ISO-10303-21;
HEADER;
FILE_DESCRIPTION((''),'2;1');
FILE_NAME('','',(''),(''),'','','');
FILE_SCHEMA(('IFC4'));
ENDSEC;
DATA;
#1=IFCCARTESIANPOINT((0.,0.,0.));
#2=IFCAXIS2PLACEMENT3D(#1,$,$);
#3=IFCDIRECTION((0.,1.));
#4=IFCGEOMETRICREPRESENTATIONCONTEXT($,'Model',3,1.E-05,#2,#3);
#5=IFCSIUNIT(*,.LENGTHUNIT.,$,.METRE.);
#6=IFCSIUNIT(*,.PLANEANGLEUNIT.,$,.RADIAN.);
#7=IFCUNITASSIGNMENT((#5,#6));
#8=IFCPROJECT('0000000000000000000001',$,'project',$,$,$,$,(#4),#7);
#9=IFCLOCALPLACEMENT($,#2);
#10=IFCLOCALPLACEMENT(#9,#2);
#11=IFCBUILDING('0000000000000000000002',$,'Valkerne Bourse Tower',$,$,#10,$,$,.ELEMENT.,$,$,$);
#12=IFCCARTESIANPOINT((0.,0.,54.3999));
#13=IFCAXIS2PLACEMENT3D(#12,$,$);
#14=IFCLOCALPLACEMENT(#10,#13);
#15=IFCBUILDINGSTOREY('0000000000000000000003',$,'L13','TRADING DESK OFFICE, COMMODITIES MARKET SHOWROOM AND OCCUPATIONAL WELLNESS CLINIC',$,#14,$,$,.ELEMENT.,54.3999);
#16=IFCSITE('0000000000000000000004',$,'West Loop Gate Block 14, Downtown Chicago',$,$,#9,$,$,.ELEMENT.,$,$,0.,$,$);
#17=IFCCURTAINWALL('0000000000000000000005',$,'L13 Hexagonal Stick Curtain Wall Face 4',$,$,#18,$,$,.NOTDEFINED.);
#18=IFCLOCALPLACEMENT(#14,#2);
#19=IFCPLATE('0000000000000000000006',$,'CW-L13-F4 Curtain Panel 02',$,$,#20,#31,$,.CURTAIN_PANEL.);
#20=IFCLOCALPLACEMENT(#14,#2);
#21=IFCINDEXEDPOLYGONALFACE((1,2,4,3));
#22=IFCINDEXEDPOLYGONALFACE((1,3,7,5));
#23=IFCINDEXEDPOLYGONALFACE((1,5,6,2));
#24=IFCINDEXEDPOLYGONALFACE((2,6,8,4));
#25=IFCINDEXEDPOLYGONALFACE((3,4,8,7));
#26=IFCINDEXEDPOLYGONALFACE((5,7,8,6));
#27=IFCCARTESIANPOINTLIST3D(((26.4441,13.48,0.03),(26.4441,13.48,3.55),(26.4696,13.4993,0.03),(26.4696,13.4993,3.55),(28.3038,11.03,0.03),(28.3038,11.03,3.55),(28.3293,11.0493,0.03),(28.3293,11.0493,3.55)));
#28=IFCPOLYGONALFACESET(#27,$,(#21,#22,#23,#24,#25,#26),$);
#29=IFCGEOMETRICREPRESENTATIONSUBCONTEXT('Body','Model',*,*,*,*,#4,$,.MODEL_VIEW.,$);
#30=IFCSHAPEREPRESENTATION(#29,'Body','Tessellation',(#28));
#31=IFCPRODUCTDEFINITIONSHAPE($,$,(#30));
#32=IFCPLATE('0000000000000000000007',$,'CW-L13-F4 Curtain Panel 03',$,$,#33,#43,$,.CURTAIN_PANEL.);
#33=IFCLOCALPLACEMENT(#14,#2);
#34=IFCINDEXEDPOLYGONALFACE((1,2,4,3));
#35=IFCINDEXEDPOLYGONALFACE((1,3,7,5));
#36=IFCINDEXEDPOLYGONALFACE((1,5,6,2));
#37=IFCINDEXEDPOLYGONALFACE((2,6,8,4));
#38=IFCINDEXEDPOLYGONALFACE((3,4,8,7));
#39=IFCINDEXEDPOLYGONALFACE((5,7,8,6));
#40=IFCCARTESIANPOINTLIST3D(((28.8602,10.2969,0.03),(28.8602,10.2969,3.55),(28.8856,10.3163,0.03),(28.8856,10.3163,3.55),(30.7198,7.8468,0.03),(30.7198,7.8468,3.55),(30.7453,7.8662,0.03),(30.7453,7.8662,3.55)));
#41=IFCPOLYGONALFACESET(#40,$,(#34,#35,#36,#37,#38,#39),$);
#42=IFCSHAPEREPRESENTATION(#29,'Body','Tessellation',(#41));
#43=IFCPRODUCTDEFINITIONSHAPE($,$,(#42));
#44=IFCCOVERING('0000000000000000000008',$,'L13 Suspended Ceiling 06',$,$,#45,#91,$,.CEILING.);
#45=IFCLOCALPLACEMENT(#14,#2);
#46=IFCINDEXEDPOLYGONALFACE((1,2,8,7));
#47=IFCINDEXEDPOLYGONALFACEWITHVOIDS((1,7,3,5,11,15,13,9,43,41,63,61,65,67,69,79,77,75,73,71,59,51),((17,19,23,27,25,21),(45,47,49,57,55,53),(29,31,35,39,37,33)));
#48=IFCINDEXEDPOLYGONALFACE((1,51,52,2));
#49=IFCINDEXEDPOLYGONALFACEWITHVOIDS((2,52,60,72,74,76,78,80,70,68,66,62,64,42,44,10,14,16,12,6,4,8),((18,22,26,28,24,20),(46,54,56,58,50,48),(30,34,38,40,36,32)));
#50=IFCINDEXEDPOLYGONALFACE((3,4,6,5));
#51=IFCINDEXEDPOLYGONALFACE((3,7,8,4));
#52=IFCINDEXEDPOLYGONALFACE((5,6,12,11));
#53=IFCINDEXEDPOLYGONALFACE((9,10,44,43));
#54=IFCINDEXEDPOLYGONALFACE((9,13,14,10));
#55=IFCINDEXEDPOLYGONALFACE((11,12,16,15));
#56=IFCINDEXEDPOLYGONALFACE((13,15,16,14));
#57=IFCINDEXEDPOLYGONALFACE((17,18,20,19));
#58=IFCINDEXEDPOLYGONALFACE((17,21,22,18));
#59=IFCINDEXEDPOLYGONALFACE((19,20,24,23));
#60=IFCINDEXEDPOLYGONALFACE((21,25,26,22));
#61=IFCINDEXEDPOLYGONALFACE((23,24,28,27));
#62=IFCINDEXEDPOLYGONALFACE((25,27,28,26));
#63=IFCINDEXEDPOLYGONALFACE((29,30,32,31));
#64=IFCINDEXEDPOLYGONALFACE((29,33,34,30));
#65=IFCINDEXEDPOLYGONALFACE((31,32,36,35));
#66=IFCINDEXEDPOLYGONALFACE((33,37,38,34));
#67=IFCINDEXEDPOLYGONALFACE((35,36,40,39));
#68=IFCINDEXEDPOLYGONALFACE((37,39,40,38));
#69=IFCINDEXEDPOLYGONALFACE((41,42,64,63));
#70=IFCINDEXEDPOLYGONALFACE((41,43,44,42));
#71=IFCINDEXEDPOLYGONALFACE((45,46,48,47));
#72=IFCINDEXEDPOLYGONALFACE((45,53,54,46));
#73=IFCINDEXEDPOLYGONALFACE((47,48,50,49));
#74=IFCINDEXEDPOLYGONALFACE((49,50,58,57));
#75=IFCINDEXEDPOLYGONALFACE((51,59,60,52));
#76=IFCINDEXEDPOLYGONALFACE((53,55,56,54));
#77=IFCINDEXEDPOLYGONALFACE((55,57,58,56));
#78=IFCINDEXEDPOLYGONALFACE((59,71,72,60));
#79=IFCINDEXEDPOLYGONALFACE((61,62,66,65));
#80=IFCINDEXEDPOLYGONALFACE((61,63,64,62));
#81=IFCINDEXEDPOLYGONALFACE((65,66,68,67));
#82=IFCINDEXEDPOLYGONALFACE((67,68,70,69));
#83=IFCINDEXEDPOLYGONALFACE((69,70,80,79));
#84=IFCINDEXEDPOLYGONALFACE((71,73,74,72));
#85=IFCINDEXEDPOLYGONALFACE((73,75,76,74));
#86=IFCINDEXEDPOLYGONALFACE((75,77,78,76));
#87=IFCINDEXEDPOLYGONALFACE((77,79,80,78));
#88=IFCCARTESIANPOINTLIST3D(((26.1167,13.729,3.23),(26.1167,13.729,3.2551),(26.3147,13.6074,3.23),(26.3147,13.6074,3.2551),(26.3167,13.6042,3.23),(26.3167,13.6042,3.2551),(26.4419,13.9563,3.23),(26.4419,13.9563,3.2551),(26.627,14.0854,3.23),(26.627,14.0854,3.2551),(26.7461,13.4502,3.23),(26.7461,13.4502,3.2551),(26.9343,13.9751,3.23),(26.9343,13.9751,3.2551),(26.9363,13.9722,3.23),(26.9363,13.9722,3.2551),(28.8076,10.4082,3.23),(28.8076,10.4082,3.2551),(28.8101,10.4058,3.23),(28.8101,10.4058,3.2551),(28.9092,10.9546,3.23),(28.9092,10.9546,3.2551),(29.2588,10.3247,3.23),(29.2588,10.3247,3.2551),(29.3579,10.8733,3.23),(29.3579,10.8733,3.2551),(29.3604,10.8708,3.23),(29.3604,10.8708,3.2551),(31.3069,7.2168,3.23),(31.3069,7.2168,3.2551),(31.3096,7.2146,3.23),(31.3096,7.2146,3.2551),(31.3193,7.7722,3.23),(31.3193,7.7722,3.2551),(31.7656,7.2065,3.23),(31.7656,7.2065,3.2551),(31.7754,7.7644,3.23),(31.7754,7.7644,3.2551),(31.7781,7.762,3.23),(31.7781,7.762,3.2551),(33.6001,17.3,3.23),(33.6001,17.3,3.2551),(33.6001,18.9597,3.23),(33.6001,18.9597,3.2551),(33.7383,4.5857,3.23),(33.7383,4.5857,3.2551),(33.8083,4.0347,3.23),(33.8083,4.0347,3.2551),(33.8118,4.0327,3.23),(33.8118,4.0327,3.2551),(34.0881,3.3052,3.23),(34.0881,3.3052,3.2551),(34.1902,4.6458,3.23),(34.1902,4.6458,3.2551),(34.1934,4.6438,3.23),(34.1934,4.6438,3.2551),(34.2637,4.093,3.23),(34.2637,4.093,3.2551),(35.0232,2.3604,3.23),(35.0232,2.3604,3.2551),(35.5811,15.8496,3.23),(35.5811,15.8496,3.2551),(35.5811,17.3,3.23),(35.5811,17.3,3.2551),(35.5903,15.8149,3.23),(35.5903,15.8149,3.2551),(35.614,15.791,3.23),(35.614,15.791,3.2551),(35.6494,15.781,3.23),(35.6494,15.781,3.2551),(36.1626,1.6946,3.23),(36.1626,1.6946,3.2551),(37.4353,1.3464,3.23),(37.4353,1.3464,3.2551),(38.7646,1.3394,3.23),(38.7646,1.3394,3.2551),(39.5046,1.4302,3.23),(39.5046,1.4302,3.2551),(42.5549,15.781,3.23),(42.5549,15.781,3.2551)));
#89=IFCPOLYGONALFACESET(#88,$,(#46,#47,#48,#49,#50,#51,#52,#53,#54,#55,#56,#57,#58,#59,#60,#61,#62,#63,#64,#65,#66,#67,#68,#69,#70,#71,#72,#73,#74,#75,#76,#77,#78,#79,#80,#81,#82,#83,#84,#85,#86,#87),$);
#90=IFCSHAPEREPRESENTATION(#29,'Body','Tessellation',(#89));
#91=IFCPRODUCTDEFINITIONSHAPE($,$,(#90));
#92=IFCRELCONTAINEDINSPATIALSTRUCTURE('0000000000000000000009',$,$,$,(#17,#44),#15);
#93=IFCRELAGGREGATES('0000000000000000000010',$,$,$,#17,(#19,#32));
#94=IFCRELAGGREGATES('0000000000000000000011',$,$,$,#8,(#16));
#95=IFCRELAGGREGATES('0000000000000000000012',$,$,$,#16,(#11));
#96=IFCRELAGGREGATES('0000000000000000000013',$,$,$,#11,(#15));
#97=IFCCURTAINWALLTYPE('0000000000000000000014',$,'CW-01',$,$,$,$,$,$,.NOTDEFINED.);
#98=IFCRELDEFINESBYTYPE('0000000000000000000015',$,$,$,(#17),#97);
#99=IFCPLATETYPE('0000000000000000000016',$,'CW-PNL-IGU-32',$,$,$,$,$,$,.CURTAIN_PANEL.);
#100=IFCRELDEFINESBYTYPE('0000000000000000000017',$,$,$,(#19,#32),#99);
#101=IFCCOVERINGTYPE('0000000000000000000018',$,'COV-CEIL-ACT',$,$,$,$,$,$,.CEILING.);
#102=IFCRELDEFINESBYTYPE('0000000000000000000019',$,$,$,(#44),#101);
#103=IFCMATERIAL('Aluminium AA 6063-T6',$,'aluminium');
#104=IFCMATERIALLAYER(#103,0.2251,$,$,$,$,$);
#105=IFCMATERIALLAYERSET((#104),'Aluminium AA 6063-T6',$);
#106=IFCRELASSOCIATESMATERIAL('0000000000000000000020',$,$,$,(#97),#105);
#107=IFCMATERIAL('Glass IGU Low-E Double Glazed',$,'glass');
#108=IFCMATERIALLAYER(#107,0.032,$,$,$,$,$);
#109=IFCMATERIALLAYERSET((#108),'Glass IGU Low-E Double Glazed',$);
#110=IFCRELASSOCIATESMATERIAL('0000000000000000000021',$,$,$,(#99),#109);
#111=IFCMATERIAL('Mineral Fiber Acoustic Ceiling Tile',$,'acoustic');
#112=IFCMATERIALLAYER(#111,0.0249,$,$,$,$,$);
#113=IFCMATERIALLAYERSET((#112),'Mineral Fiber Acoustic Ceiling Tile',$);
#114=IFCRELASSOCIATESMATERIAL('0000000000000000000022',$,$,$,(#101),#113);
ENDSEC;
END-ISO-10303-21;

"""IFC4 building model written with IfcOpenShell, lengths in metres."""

from ifc_helpers import new_model, si_unit, direction, frame, origin, origin_2d, place, context, subcontext, project, spatial, polyline, rectangle, outline, extrude, material, layer, layer_set, type_object, element, aggregate, save


model = new_model("IFC4")

# Units and contexts
model_context = context("Model", 3, precision=1e-05, world=origin(), true_north=direction((0.0, 1.0)))
body_context = subcontext(model_context, "Body", "Model", "MODEL_VIEW")
ifc_project = project(units=[si_unit("LENGTHUNIT", "METRE"), si_unit("PLANEANGLEUNIT", "RADIAN")], contexts=[model_context])

# Site, building, storey
site_placement = place(None, origin())
site = spatial("IfcSite", under=ifc_project, at=site_placement, Name="West Loop Gate Block 14, Downtown Chicago", CompositionType="ELEMENT", RefElevation=0.0)
building_placement = place(site_placement, origin())
building = spatial("IfcBuilding", under=site, at=building_placement, Name="Valkerne Bourse Tower", CompositionType="ELEMENT")
storey_placement = place(building_placement, frame((0.0, 0.0, 54.3999)))
storey = spatial("IfcBuildingStorey", under=building, at=storey_placement, Name="L13", Description="TRADING DESK OFFICE, COMMODITIES MARKET SHOWROOM AND OCCUPATIONAL WELLNESS CLINIC", CompositionType="ELEMENT", Elevation=54.3999)

# Curtain wall
ifc_material_1 = material(Name="Aluminium AA 6063-T6", Category="aluminium")
ifc_layer_1 = layer(ifc_material_1, 0.2251)
ifc_layer_set_1 = layer_set([ifc_layer_1], Name="Aluminium AA 6063-T6")
curtain_wall_type = type_object("IfcCurtainWallType", Name="CW-01", PredefinedType="NOTDEFINED", material=ifc_layer_set_1)
curtain_wall_placement = place(storey_placement, origin())
curtain_wall = element("IfcCurtainWall", 1, at=curtain_wall_placement, inside=storey, type_object=curtain_wall_type, Name="L13 Hexagonal Stick Curtain Wall Face 4", PredefinedType="NOTDEFINED")

# Plates
ifc_material_2 = material(Name="Glass IGU Low-E Double Glazed", Category="glass")
ifc_layer_2 = layer(ifc_material_2, 0.032)
ifc_layer_set_2 = layer_set([ifc_layer_2], Name="Glass IGU Low-E Double Glazed")
plate_type = type_object("IfcPlateType", Name="CW-PNL-IGU-32", PredefinedType="CURTAIN_PANEL", material=ifc_layer_set_2)
plate_1_placement = place(storey_placement, frame((27.3867, 12.2646, 0.03), z_axis=(0.0, 0.0, 1.0), x_axis=(0.604607, -0.796524, 0.0)))
plate_1 = element("IfcPlate", 2, at=plate_1_placement, type_object=plate_type, Name="CW-L13-F4 Curtain Panel 02", PredefinedType="CURTAIN_PANEL", context=body_context, shape_type="SweptSolid", body=[
    extrude(rectangle(XDim=3.0759, YDim=0.032, at=origin_2d()), origin(), (0.0, 0.0, 1.0), 3.52),
])
plate_2_placement = place(storey_placement, frame((29.8027, 9.0815, 0.03), z_axis=(0.0, 0.0, 1.0), x_axis=(0.604595, -0.796533, 0.0)))
plate_2 = element("IfcPlate", 3, at=plate_2_placement, type_object=plate_type, Name="CW-L13-F4 Curtain Panel 03", PredefinedType="CURTAIN_PANEL", context=body_context, shape_type="SweptSolid", body=[
    extrude(rectangle(XDim=3.0759, YDim=0.032, at=origin_2d()), origin(), (0.0, 0.0, 1.0), 3.52),
])
aggregate(curtain_wall, [plate_1, plate_2])

# Covering
ifc_material_3 = material(Name="Mineral Fiber Acoustic Ceiling Tile", Category="acoustic")
ifc_layer_3 = layer(ifc_material_3, 0.0249)
ifc_layer_set_3 = layer_set([ifc_layer_3], Name="Mineral Fiber Acoustic Ceiling Tile")
covering_type_1 = type_object("IfcCoveringType", Name="COV-CEIL-ACT", PredefinedType="CEILING", material=ifc_layer_set_3)
covering_1_placement = place(storey_placement, frame((0.0, 0.0, 3.23)))
element("IfcCovering", 4, at=covering_1_placement, inside=storey, type_object=covering_type_1, Name="L13 Suspended Ceiling 06", PredefinedType="CEILING", context=body_context, shape_type="SweptSolid", body=[
    extrude(outline(polyline([(36.1626, 1.6946), (35.0232, 2.3604), (34.0881, 3.3052), (26.1167, 13.729), (26.4419, 13.9563), (26.3147, 13.6074), (26.3167, 13.6042), (26.7461, 13.4502), (26.9363, 13.9722), (26.9343, 13.9751), (26.627, 14.0854), (33.6001, 18.9597), (33.6001, 17.3), (35.5811, 17.3), (35.5811, 15.8496), (35.5903, 15.8149), (35.614, 15.791), (35.6494, 15.781), (42.5549, 15.781), (39.5046, 1.4302), (38.7646, 1.3394), (37.4353, 1.3464), (36.1626, 1.6946)]), holes=[polyline([(34.1934, 4.6438), (34.1902, 4.6458), (33.7383, 4.5857), (33.8083, 4.0347), (33.8118, 4.0327), (34.2637, 4.093), (34.1934, 4.6438)]), polyline([(31.7754, 7.7644), (31.3193, 7.7722), (31.3069, 7.2168), (31.3096, 7.2146), (31.7656, 7.2065), (31.7781, 7.762), (31.7754, 7.7644)]), polyline([(29.3604, 10.8708), (29.3579, 10.8733), (28.9092, 10.9546), (28.8076, 10.4082), (28.8101, 10.4058), (29.2588, 10.3247), (29.3604, 10.8708)])]), origin(), (0.0, 0.0, 1.0), 0.0251),
])

save(model, "model.ifc")
